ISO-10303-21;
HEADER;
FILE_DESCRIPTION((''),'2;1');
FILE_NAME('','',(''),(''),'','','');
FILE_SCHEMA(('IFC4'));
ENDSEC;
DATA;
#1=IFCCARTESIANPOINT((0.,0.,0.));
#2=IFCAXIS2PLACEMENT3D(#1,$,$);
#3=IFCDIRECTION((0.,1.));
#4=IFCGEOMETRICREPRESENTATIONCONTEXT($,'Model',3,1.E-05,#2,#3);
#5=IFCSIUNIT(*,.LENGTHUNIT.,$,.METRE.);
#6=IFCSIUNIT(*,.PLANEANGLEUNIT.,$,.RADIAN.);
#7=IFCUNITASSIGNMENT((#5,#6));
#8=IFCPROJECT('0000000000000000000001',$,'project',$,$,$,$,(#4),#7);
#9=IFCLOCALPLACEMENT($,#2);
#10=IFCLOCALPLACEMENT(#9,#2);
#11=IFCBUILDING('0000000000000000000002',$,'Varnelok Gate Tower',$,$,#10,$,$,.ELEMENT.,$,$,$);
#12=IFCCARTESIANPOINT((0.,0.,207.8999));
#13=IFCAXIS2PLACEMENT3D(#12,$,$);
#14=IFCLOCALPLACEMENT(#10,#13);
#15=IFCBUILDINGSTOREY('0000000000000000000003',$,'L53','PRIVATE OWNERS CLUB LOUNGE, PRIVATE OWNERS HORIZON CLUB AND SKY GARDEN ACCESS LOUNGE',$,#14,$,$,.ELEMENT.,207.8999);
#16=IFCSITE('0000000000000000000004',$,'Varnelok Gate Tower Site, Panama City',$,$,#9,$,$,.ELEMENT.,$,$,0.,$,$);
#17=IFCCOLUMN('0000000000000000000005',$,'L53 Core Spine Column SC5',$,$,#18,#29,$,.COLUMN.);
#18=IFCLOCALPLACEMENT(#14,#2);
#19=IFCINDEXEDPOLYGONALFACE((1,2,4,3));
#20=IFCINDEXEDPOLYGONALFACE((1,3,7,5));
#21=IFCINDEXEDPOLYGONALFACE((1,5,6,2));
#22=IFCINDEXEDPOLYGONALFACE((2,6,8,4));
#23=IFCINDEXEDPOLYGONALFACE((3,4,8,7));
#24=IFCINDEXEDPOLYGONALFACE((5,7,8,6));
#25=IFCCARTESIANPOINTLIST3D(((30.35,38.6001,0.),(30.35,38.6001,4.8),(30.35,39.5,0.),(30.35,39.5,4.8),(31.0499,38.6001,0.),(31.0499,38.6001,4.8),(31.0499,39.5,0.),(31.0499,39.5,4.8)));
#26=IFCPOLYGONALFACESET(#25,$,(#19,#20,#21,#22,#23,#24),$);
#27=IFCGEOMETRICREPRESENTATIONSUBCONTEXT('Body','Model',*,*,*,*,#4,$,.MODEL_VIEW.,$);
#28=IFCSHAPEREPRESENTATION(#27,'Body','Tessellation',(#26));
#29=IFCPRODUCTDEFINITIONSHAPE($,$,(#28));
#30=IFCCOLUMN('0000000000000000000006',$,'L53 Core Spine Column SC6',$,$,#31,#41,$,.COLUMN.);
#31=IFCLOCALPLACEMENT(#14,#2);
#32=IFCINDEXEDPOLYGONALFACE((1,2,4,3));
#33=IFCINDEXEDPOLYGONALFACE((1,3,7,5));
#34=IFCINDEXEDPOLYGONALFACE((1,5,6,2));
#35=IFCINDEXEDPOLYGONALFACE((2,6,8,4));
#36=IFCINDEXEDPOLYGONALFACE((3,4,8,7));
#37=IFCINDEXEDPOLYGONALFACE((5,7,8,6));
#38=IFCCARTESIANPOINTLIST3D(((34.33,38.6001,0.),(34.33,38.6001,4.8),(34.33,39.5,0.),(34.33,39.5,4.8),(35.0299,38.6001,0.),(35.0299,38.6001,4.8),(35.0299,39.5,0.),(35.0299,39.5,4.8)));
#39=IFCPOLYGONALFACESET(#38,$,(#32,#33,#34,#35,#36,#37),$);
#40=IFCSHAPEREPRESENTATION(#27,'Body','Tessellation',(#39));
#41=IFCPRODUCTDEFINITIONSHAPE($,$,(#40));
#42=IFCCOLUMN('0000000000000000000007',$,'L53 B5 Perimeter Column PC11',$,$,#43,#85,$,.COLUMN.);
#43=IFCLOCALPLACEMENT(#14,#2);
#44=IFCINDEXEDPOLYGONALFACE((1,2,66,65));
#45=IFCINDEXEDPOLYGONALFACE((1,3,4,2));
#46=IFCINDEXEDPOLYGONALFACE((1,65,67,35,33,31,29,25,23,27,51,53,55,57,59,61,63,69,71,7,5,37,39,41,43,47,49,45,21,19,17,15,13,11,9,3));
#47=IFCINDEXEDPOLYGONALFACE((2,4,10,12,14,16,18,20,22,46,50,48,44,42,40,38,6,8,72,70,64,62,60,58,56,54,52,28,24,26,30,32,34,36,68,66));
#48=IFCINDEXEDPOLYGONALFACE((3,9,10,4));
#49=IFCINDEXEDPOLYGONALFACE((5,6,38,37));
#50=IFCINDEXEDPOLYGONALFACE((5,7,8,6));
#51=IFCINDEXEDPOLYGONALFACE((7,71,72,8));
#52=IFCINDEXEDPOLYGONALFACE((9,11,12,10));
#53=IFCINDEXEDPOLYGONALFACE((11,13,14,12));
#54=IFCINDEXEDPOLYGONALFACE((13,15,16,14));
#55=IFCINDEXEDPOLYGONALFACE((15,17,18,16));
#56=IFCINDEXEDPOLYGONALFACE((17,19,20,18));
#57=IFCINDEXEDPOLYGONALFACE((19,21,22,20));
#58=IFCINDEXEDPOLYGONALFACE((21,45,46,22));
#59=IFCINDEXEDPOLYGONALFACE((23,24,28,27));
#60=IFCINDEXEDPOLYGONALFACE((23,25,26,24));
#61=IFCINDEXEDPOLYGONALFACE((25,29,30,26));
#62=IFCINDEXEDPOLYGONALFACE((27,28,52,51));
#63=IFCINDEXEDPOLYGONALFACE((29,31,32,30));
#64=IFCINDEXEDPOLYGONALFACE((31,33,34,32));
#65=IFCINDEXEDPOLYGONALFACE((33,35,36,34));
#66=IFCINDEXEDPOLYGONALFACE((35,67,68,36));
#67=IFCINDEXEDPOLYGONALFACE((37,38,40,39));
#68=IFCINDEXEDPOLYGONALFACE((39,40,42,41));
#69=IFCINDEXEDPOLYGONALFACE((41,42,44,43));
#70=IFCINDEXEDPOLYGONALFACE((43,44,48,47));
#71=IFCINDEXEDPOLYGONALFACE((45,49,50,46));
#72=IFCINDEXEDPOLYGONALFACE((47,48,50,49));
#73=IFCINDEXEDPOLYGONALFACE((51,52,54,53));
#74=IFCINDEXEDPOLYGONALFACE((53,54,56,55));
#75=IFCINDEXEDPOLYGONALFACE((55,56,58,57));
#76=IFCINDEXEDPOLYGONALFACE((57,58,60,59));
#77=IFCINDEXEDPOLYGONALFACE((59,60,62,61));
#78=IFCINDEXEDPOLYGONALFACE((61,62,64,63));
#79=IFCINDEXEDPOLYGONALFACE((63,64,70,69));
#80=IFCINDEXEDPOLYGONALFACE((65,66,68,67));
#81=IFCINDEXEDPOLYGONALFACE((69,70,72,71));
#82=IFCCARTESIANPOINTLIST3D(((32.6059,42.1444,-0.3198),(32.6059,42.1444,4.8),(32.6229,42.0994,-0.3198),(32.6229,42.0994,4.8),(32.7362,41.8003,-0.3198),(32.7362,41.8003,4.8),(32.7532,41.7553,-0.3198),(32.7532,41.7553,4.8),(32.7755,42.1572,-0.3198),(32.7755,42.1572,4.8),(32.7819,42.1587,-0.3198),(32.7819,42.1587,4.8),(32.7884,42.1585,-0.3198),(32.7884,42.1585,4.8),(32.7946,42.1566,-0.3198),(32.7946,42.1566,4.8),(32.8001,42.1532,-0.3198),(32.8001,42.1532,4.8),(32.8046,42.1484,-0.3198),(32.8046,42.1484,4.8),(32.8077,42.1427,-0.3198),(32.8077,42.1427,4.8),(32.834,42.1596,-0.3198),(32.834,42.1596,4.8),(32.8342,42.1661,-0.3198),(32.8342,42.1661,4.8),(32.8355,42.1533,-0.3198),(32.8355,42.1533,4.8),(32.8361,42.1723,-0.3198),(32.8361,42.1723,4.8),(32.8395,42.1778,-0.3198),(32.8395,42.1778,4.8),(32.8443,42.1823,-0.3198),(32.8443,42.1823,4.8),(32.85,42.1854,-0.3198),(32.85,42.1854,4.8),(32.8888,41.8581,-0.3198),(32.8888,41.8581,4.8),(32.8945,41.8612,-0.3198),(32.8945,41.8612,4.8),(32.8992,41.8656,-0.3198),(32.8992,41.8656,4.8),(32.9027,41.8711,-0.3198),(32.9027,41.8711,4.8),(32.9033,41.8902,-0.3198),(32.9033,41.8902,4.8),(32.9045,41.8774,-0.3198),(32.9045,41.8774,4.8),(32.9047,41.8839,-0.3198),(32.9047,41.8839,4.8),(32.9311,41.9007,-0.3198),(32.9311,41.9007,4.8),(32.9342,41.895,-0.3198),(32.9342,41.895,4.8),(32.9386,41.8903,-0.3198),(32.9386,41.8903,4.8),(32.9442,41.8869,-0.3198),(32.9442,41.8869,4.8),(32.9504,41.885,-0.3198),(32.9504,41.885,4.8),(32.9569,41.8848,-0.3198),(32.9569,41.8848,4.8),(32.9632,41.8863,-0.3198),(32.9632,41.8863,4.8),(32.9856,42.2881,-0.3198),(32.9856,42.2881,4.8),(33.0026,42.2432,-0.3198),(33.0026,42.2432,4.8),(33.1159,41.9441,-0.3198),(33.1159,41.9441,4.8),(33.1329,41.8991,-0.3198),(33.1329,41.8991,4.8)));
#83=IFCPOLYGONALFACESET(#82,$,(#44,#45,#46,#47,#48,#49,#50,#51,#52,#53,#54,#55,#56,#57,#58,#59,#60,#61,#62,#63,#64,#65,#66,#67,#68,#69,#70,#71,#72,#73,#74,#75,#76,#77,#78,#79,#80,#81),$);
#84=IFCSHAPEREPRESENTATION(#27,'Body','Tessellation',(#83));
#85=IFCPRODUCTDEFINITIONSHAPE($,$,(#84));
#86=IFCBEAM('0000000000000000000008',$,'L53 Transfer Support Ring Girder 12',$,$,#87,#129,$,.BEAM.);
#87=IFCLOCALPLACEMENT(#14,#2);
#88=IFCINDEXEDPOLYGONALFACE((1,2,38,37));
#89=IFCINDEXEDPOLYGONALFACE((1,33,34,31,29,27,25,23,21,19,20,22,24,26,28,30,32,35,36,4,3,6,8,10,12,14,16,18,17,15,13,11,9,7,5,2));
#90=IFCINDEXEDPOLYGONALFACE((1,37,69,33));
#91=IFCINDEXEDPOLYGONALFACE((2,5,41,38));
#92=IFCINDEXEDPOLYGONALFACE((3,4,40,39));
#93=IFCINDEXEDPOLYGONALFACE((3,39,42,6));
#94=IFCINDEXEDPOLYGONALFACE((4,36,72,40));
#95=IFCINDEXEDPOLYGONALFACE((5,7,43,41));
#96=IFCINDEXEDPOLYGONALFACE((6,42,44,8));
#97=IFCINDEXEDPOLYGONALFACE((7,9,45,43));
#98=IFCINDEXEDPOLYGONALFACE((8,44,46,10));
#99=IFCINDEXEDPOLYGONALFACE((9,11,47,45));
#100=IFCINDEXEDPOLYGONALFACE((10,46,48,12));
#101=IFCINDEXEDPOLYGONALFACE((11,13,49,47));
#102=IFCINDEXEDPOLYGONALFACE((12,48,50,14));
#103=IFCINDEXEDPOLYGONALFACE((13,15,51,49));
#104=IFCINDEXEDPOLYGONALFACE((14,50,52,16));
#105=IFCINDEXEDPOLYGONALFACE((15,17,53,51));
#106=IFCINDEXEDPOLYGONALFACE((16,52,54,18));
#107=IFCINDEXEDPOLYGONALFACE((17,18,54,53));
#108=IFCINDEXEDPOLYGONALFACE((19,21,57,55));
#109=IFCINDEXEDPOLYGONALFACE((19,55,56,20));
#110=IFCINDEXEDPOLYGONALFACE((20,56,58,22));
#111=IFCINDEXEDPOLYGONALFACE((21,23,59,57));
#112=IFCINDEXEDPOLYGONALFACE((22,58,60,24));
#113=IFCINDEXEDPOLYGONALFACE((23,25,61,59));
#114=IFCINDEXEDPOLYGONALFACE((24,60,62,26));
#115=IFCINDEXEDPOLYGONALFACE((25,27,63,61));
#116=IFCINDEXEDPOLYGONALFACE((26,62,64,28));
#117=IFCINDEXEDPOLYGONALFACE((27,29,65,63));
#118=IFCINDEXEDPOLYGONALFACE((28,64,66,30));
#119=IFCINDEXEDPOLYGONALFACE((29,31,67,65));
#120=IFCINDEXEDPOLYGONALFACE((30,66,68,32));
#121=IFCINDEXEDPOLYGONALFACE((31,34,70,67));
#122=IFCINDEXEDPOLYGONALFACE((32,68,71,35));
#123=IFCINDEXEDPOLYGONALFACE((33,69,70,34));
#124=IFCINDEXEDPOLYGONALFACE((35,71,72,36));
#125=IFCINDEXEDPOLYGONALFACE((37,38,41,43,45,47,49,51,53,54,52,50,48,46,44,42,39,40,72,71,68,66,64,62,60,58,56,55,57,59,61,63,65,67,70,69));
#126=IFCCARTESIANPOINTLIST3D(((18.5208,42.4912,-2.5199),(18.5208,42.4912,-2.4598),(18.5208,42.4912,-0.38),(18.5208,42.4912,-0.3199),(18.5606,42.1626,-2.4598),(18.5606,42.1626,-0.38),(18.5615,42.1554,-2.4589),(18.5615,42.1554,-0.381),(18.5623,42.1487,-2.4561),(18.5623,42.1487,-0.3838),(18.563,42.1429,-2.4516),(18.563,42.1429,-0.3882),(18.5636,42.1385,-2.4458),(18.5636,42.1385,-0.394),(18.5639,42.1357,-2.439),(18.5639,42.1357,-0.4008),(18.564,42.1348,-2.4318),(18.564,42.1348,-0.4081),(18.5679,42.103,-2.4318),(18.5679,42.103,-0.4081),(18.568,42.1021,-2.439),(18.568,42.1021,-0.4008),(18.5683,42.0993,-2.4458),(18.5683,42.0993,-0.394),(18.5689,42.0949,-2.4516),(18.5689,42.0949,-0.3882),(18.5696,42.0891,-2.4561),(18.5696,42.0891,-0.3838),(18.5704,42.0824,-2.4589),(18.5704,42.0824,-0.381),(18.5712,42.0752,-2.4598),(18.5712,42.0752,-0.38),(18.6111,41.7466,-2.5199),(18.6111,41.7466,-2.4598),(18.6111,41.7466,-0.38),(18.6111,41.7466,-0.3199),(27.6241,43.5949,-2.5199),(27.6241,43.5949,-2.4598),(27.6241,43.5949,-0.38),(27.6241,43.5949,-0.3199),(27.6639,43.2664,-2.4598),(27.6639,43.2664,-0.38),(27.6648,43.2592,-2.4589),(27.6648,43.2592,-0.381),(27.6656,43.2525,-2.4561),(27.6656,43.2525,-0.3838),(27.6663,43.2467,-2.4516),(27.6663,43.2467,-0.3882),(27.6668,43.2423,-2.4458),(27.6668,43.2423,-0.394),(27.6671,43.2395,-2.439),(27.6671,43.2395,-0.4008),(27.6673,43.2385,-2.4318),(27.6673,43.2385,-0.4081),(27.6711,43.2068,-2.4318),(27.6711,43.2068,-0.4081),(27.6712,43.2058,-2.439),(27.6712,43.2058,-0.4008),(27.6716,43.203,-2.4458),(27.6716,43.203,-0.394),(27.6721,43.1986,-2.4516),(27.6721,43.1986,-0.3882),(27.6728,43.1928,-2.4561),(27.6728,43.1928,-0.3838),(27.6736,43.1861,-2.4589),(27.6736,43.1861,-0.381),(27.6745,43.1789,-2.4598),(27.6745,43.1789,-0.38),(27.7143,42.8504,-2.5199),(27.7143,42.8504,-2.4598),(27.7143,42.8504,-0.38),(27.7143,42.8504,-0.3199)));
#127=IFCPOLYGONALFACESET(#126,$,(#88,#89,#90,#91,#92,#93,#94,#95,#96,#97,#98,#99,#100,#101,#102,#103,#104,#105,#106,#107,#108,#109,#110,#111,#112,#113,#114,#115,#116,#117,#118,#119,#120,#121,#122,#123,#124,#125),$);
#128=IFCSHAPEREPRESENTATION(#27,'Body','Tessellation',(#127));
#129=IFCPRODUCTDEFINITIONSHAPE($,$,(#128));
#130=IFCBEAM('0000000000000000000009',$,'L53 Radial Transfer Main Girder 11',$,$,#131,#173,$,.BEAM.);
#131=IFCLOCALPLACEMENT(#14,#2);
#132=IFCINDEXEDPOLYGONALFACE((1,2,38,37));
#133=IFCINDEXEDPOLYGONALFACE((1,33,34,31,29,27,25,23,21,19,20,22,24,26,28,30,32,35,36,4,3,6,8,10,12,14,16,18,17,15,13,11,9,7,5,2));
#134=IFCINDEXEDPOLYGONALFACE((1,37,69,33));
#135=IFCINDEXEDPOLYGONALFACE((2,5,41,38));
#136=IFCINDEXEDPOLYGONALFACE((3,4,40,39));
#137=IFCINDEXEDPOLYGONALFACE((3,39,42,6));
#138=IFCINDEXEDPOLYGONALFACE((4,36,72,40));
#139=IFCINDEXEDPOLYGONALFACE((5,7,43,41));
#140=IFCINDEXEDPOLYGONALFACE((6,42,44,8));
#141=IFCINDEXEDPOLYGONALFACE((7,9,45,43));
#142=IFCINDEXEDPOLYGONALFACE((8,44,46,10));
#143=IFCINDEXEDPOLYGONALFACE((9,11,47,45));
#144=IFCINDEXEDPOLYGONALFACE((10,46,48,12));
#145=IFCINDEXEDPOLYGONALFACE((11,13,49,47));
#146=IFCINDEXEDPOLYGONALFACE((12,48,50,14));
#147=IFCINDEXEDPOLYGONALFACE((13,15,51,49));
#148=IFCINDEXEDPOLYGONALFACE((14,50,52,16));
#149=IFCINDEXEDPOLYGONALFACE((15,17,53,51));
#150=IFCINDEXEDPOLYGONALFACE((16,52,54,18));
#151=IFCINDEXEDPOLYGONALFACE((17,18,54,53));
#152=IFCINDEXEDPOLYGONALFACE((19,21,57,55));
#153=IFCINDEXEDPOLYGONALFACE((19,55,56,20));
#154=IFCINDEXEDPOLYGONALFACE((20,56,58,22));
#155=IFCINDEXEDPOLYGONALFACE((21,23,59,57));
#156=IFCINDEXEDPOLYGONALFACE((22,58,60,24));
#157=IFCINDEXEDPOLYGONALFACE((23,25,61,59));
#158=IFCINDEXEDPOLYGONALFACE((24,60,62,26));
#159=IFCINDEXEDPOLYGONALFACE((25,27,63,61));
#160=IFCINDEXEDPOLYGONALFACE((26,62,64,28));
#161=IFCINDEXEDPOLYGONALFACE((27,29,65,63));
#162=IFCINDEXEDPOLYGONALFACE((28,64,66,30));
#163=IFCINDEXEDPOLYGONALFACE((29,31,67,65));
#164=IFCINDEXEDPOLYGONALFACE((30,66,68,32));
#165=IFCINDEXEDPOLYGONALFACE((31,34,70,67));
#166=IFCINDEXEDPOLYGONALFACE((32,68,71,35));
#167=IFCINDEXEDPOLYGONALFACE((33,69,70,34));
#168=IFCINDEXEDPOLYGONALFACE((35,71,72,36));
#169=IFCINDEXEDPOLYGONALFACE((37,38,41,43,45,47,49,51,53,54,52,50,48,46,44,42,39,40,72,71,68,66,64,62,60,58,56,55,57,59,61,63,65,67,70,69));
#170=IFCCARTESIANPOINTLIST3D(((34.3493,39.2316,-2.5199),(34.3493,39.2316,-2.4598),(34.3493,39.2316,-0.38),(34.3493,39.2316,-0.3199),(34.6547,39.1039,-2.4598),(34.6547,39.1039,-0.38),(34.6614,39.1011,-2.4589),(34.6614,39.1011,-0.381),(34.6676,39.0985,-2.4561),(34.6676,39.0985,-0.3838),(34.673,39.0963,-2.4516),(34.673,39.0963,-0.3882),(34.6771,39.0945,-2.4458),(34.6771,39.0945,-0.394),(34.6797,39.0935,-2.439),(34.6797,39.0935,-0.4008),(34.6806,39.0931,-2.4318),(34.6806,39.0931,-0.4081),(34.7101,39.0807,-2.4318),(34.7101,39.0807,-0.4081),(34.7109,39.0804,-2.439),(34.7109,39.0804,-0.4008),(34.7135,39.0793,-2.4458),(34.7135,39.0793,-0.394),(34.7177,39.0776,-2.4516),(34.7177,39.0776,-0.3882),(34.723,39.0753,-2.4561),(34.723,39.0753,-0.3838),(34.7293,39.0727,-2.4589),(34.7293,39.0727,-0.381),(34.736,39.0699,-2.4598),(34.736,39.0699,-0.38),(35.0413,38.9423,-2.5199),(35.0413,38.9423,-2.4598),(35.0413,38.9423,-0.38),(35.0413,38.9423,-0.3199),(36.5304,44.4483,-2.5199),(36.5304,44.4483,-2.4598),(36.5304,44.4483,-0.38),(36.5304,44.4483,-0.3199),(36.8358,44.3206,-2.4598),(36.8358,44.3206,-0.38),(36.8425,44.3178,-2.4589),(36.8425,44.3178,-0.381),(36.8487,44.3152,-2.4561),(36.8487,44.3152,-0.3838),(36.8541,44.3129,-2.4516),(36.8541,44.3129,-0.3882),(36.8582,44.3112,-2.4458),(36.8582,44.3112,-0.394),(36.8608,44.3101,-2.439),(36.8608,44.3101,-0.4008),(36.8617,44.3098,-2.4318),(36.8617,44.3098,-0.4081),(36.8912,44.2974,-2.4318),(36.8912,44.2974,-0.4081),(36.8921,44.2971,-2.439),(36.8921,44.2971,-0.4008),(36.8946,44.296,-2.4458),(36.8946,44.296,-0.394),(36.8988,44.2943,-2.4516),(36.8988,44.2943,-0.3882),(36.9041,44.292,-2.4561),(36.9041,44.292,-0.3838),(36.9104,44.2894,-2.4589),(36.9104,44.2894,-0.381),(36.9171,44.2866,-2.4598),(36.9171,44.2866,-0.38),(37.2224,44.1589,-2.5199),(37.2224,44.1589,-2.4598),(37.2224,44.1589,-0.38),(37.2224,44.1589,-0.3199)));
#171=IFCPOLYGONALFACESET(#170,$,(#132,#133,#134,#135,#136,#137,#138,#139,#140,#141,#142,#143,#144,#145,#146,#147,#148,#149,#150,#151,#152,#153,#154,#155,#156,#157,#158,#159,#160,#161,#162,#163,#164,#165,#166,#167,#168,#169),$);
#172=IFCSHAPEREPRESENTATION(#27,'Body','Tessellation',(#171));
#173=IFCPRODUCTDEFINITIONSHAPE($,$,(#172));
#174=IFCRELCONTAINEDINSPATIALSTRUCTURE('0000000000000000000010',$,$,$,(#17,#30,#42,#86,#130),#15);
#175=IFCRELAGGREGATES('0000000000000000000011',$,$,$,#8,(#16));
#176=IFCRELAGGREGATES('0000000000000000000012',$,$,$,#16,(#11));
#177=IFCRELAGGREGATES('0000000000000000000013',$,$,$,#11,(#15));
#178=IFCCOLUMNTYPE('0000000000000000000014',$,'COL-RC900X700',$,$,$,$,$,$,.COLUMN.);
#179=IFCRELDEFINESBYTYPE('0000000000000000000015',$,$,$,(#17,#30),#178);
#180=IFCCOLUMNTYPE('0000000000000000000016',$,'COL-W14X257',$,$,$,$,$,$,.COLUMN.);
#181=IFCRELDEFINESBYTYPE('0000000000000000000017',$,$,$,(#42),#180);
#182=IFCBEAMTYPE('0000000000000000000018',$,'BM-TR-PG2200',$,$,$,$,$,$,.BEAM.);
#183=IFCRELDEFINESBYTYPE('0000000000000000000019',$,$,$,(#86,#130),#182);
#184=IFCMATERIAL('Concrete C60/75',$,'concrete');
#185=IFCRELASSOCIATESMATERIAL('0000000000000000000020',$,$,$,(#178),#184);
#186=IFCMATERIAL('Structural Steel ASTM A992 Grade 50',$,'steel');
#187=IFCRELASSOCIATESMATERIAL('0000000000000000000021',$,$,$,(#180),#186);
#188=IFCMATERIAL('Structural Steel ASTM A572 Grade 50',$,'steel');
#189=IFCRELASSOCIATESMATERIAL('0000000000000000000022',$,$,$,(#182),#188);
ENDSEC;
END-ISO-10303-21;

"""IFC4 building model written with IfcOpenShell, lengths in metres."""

from ifc_helpers import new_model, si_unit, direction, frame, origin, origin_2d, place, context, subcontext, project, spatial, rectangle, i_section, extrude, material, material_profile, profile_set, type_object, element, save


model = new_model("IFC4")

# Units and contexts
model_context = context("Model", 3, precision=1e-05, world=origin(), true_north=direction((0.0, 1.0)))
body_context = subcontext(model_context, "Body", "Model", "MODEL_VIEW")
ifc_project = project(units=[si_unit("LENGTHUNIT", "METRE"), si_unit("PLANEANGLEUNIT", "RADIAN")], contexts=[model_context])

# Site, building, storey
site_placement = place(None, origin())
site = spatial("IfcSite", under=ifc_project, at=site_placement, Name="Varnelok Gate Tower Site, Panama City", CompositionType="ELEMENT", RefElevation=0.0)
building_placement = place(site_placement, origin())
building = spatial("IfcBuilding", under=site, at=building_placement, Name="Varnelok Gate Tower", CompositionType="ELEMENT")
storey_placement = place(building_placement, frame((0.0, 0.0, 207.8999)))
storey = spatial("IfcBuildingStorey", under=building, at=storey_placement, Name="L53", Description="PRIVATE OWNERS CLUB LOUNGE, PRIVATE OWNERS HORIZON CLUB AND SKY GARDEN ACCESS LOUNGE", CompositionType="ELEMENT", Elevation=207.8999)

# Columns
ifc_material_1 = material(Name="Concrete C60/75", Category="concrete")
ifc_material_profile_1 = material_profile(ifc_material_1, rectangle(XDim=0.7, YDim=0.8999, at=origin_2d()), Name="RC900X700")
ifc_profile_set_1 = profile_set([ifc_material_profile_1], Name="Concrete C60/75")
column_type_1 = type_object("IfcColumnType", Name="COL-RC900X700", PredefinedType="COLUMN", material=ifc_profile_set_1)
for number, where, z_axis, x_axis, name in (
    (1, (30.7, 39.05, 0.0), (0.0, 0.0, 1.0), (1.0, 0.0, 0.0), "L53 Core Spine Column SC5"),
    (2, (34.6799, 39.05, 0.0), (0.0, 0.0, 1.0), (1.0, 0.0, 0.0), "L53 Core Spine Column SC6"),
):
    element("IfcColumn", number, at=place(storey_placement, frame(where, z_axis=z_axis, x_axis=x_axis)), inside=storey, type_object=column_type_1, Name=name, PredefinedType="COLUMN", context=body_context, shape_type="SweptSolid", body=[
        extrude(rectangle(XDim=0.7, YDim=0.8999, at=origin_2d()), origin(), (0.0, 0.0, 1.0), 4.8),
    ])
ifc_material_2 = material(Name="Structural Steel ASTM A992 Grade 50", Category="steel")
ifc_material_profile_2 = material_profile(ifc_material_2, i_section(OverallWidth=0.406, OverallDepth=0.416, WebThickness=0.0298, FlangeThickness=0.0481, FilletRadius=0.0249, at=origin_2d()), Name="W14X257")
ifc_profile_set_2 = profile_set([ifc_material_profile_2], Name="Structural Steel ASTM A992 Grade 50")
column_type_2 = type_object("IfcColumnType", Name="COL-W14X257", PredefinedType="COLUMN", material=ifc_profile_set_2)
column_placement = place(storey_placement, frame((32.8694, 42.0217, -0.3198), z_axis=(0.0, 0.0, 1.0), x_axis=(0.935222, 0.354063, 0.0)))
element("IfcColumn", 3, at=column_placement, inside=storey, type_object=column_type_2, Name="L53 B5 Perimeter Column PC11", PredefinedType="COLUMN", context=body_context, shape_type="SweptSolid", body=[
    extrude(i_section(OverallWidth=0.406, OverallDepth=0.416, WebThickness=0.0298, FlangeThickness=0.0481, FilletRadius=0.0249, at=origin_2d()), origin(), (0.0, 0.0, 1.0), 5.1199),
])

# Beams
ifc_material_3 = material(Name="Structural Steel ASTM A572 Grade 50", Category="steel")
ifc_material_profile_3 = material_profile(ifc_material_3, i_section(OverallWidth=0.75, OverallDepth=2.2, WebThickness=0.032, FlangeThickness=0.0601, FilletRadius=0.0281, at=origin_2d()), Name="PG2200X750")
ifc_profile_set_3 = profile_set([ifc_material_profile_3], Name="Structural Steel ASTM A572 Grade 50")
beam_type = type_object("IfcBeamType", Name="BM-TR-PG2200", PredefinedType="BEAM", material=ifc_profile_set_3)
beam_1_placement = place(storey_placement, frame((27.6692, 43.2227, -1.4199), z_axis=(-0.992729, -0.120367, 0.0), x_axis=(0.120367, -0.992729, 0.0)))
element("IfcBeam", 4, at=beam_1_placement, inside=storey, type_object=beam_type, Name="L53 Transfer Support Ring Girder 12", PredefinedType="BEAM", context=body_context, shape_type="SweptSolid", body=[
    extrude(i_section(OverallWidth=0.75, OverallDepth=2.2, WebThickness=0.032, FlangeThickness=0.0601, FilletRadius=0.0281, at=origin_2d()), origin(), (0.0, 0.0, 1.0), 9.1699),
])
beam_2_placement = place(storey_placement, frame((34.6953, 39.0869, -1.4199), z_axis=(0.385743, 0.922606, 0.0), x_axis=(-0.922606, 0.385743, 0.0)))
element("IfcBeam", 5, at=beam_2_placement, inside=storey, type_object=beam_type, Name="L53 Radial Transfer Main Girder 11", PredefinedType="BEAM", context=body_context, shape_type="SweptSolid", body=[
    extrude(i_section(OverallWidth=0.75, OverallDepth=2.2, WebThickness=0.032, FlangeThickness=0.0601, FilletRadius=0.0281, at=origin_2d()), origin(), (0.0, 0.0, 1.0), 5.6543),
])

save(model, "model.ifc")
